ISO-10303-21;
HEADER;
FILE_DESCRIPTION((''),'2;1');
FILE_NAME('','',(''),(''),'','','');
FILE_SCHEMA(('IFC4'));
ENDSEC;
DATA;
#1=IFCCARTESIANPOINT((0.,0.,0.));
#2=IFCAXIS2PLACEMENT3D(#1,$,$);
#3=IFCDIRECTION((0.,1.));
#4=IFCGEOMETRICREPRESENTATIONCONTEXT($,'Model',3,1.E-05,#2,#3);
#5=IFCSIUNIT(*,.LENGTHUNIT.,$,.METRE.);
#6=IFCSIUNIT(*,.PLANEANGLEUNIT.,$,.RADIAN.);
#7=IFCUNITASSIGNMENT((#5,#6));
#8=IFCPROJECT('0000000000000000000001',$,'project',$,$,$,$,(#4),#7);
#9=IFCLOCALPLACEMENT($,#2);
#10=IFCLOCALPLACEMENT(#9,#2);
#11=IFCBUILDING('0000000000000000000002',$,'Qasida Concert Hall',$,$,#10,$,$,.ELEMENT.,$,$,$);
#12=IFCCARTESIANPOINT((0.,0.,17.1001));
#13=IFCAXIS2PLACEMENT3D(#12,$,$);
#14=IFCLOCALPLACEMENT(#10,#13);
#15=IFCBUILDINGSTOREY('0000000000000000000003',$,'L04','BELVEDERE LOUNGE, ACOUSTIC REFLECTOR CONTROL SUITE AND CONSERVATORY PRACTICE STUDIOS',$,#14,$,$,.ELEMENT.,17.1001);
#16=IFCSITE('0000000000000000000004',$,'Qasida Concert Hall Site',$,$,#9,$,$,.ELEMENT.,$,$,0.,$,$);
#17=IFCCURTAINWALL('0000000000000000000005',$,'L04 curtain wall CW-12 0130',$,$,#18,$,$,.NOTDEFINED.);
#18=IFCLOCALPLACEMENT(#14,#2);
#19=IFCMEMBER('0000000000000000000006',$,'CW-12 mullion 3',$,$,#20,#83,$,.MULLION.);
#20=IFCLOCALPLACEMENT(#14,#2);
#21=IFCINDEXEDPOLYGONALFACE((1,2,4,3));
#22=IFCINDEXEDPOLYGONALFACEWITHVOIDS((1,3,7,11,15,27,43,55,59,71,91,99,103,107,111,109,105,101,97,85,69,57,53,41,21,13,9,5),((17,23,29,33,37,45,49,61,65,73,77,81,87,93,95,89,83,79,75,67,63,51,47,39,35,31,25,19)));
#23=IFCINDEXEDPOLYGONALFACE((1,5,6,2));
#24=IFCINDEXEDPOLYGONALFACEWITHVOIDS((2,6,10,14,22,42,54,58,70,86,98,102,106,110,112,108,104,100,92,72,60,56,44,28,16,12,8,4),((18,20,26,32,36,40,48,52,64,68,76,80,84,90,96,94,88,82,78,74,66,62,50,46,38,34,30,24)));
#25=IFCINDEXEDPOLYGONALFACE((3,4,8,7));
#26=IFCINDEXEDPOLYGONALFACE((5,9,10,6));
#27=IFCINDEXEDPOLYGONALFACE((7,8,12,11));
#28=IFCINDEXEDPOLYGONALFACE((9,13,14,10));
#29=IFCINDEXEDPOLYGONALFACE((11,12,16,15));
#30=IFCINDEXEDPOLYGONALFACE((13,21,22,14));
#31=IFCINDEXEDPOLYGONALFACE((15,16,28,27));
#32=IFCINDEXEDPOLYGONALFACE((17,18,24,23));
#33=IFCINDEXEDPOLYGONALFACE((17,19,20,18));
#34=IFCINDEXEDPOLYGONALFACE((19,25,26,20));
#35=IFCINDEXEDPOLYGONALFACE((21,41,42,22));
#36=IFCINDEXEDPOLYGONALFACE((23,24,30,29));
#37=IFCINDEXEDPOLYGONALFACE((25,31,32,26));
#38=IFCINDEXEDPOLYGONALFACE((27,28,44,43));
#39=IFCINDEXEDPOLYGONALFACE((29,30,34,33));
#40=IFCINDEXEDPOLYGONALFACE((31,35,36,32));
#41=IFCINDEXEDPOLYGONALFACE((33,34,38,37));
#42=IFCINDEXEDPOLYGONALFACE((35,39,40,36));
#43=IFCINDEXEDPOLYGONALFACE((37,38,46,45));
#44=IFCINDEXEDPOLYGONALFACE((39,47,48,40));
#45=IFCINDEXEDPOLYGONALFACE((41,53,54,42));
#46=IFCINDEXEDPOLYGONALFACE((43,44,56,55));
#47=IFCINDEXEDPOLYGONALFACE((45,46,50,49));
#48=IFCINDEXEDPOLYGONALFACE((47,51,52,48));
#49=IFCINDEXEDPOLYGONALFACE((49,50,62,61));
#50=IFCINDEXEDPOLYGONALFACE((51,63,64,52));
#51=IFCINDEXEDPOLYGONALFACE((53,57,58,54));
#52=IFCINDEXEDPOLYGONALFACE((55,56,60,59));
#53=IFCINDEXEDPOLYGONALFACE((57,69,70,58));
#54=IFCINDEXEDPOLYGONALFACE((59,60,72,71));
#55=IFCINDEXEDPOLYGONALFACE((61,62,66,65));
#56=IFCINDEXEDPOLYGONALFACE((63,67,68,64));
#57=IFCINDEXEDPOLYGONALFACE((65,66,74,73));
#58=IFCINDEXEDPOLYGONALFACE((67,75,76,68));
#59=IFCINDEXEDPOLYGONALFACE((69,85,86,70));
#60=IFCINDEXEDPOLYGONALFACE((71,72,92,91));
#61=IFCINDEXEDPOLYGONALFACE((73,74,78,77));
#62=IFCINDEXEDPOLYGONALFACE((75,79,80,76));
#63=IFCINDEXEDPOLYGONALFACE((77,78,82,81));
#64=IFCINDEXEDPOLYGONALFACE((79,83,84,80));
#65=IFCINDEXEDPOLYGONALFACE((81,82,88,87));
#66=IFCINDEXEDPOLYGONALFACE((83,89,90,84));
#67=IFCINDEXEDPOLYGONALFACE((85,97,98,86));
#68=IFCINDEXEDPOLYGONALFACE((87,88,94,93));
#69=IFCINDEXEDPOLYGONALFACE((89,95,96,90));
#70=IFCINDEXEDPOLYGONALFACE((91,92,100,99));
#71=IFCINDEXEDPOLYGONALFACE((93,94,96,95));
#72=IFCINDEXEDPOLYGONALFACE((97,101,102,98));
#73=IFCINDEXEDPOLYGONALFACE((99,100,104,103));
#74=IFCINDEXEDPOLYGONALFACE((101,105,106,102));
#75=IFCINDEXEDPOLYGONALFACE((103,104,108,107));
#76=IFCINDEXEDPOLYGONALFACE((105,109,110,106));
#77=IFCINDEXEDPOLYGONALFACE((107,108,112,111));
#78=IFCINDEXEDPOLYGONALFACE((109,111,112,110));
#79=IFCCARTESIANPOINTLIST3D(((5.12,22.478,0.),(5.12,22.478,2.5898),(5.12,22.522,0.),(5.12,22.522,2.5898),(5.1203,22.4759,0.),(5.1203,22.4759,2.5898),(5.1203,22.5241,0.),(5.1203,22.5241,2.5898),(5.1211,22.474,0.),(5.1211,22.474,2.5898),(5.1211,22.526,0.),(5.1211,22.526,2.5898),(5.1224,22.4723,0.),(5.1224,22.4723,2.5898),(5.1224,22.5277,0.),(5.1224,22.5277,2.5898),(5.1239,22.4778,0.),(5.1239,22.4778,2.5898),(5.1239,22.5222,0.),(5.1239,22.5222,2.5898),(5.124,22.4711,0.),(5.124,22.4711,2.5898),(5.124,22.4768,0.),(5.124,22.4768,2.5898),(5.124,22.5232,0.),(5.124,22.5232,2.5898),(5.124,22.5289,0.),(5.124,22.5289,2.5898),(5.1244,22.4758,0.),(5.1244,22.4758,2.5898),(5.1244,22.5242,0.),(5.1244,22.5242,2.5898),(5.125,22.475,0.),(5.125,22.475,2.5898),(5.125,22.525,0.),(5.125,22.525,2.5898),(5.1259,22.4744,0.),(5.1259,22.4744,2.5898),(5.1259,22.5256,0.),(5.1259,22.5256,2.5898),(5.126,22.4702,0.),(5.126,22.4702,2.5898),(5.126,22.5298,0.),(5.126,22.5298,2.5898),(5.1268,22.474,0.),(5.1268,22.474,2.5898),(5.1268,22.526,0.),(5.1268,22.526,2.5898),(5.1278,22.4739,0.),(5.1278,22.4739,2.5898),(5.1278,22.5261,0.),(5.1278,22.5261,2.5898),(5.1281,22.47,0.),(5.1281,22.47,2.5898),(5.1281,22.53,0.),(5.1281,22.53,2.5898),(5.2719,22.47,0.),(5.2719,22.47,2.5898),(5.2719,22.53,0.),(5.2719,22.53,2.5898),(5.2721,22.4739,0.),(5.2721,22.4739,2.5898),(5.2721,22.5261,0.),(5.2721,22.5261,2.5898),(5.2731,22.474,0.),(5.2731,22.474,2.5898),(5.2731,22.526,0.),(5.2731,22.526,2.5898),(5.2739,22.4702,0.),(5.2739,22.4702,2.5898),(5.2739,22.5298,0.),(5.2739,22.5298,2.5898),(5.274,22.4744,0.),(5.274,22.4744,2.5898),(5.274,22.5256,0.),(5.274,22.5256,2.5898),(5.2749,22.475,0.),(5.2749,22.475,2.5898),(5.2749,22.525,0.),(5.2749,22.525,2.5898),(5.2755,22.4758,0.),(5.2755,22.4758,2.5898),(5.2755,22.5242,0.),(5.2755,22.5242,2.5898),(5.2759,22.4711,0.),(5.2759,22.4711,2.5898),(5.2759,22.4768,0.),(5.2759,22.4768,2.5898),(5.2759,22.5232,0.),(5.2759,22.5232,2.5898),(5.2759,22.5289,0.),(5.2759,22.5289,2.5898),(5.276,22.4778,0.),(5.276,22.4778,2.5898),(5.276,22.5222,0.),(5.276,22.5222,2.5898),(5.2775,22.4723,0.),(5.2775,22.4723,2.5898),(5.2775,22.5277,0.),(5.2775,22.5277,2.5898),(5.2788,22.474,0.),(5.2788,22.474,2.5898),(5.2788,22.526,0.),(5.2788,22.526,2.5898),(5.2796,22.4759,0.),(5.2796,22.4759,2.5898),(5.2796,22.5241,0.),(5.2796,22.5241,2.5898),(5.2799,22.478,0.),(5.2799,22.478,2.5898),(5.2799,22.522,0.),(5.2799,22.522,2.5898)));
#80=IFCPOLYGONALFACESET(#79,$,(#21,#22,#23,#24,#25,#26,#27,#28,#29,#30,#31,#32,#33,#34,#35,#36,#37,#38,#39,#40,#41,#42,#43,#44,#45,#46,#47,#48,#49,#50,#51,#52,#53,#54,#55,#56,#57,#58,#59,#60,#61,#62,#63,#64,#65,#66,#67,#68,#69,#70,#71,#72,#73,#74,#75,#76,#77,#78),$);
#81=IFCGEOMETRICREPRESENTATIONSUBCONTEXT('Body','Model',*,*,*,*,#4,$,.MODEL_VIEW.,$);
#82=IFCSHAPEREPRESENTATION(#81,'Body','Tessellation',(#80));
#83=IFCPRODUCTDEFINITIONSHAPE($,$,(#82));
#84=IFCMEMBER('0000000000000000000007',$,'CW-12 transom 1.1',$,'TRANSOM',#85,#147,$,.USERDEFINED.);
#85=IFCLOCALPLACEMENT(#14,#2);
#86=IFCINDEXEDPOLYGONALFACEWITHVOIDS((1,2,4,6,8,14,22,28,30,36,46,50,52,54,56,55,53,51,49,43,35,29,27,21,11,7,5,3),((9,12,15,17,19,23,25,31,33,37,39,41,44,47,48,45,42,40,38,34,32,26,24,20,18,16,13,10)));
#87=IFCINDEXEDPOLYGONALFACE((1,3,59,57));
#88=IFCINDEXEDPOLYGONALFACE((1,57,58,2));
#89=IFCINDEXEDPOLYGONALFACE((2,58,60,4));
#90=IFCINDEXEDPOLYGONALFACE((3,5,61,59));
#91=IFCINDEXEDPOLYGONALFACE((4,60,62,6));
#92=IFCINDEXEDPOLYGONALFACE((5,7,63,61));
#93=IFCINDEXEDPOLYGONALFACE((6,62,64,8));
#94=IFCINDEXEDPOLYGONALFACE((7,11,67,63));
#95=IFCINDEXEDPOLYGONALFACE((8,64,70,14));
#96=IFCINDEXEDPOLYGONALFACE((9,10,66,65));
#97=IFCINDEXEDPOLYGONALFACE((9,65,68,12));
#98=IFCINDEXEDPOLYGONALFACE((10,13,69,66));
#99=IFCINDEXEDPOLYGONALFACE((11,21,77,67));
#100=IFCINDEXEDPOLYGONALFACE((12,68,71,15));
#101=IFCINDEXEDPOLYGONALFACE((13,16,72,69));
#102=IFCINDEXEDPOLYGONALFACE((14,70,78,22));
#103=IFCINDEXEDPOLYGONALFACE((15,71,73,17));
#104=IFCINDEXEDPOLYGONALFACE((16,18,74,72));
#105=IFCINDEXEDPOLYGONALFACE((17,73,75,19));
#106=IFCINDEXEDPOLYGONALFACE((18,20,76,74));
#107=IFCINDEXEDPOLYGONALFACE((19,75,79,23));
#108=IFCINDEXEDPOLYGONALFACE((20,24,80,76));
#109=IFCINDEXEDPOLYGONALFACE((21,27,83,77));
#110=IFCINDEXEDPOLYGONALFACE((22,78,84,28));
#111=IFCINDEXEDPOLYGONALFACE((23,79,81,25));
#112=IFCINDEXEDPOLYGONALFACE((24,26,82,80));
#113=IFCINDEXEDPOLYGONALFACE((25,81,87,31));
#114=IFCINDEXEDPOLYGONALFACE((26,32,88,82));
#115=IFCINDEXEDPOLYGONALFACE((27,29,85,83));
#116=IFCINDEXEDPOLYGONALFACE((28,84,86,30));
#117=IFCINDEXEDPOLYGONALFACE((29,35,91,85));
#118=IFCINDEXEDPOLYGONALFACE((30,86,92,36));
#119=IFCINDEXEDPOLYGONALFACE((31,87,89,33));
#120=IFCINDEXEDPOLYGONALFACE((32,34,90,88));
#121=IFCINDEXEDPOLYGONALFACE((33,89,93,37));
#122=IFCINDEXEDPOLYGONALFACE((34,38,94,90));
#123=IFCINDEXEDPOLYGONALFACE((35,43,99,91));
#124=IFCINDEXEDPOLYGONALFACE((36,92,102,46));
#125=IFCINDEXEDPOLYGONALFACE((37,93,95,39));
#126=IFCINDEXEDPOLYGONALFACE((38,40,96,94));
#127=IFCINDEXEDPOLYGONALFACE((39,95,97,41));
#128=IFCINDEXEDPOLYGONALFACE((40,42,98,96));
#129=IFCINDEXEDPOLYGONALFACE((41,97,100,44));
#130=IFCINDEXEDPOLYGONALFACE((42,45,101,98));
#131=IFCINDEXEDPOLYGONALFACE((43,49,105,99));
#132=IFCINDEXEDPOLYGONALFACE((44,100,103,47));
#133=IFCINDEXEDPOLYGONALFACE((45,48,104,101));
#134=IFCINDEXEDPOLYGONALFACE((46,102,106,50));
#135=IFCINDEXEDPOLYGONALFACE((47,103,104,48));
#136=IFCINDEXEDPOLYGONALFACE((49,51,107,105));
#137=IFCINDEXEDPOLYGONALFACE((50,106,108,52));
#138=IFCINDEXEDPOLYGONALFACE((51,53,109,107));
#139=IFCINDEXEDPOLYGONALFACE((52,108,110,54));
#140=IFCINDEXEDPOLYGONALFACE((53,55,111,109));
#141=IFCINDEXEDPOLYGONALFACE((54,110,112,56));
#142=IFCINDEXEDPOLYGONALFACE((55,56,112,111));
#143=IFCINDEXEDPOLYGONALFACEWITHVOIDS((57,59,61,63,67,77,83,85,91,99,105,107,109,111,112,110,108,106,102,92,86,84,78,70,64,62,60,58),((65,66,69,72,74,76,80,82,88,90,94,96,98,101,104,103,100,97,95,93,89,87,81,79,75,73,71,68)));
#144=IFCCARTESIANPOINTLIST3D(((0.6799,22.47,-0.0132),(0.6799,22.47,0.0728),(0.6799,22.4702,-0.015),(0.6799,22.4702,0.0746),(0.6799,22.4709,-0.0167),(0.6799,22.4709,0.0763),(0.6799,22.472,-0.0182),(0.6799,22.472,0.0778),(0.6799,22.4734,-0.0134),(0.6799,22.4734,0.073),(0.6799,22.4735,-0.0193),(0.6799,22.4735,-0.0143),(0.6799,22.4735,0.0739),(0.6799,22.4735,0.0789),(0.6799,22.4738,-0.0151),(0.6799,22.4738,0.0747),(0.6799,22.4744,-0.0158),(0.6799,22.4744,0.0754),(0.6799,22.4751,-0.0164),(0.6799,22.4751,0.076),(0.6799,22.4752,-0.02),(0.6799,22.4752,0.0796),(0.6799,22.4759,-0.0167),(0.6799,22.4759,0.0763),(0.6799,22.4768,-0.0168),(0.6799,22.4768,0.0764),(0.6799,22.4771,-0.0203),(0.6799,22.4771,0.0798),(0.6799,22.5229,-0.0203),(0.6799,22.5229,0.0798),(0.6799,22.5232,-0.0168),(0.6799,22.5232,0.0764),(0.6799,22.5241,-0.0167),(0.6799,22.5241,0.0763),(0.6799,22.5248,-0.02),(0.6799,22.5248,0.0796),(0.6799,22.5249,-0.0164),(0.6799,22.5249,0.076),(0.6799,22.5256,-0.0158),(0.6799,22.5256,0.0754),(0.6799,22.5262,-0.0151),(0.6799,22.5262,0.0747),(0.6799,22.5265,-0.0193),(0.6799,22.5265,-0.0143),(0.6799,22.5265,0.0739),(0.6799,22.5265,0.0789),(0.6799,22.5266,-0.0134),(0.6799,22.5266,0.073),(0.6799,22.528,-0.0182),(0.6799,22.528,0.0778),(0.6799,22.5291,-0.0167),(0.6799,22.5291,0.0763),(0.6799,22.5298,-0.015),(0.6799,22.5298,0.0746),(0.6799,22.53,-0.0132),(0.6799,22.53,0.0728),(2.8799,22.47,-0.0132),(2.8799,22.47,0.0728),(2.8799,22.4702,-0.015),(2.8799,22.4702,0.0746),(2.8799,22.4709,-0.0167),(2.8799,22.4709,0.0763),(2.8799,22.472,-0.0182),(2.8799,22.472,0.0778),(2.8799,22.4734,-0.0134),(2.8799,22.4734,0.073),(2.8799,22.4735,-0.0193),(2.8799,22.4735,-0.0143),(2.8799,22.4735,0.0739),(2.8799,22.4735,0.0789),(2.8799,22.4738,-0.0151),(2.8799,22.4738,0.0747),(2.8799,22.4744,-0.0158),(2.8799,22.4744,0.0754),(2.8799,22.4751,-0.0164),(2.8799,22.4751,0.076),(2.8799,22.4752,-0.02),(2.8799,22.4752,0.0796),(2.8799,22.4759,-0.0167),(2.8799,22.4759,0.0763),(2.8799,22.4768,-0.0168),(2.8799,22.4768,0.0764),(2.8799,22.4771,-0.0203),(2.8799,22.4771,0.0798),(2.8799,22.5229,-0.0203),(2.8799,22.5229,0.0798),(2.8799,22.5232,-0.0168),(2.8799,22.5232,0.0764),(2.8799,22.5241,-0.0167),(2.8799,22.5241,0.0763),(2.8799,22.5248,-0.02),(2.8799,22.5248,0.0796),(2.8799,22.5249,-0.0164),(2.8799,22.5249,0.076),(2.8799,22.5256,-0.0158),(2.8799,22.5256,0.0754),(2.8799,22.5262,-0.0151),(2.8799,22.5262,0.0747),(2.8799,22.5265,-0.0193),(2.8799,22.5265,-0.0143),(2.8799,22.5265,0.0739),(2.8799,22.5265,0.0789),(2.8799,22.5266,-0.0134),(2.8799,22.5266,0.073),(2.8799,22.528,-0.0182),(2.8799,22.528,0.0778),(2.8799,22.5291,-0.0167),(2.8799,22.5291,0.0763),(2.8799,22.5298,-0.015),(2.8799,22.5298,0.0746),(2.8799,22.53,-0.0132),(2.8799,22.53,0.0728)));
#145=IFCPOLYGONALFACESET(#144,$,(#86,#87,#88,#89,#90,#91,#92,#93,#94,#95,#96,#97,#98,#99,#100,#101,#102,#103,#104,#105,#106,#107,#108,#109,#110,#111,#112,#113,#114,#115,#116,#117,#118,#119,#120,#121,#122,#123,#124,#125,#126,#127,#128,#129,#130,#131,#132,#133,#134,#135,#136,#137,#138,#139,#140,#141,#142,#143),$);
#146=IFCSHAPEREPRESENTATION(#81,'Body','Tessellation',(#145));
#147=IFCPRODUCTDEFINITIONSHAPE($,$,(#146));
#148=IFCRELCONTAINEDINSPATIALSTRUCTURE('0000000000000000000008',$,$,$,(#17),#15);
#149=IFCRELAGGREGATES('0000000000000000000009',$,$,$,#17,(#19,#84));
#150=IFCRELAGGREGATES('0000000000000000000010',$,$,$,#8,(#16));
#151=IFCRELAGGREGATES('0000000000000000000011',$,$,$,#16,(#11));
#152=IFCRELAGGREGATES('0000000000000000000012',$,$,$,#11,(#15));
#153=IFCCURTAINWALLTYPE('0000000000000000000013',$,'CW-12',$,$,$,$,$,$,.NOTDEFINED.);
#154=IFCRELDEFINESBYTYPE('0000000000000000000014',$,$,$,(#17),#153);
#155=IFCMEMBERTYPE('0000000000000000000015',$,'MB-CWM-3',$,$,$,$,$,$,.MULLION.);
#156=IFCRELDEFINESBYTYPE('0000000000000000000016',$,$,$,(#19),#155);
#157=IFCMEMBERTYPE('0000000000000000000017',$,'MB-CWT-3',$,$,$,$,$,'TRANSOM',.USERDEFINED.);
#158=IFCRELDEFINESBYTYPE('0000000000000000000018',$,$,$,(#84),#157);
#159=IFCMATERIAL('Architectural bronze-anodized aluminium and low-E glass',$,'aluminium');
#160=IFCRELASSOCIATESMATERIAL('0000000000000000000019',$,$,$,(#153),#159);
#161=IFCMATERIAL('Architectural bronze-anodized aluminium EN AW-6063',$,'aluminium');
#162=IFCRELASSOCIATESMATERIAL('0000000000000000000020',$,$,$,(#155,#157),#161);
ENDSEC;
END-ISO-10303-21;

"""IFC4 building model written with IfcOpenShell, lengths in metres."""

from ifc_helpers import new_model, si_unit, direction, frame, origin, origin_2d, place, context, subcontext, project, spatial, hollow_rectangle, extrude, material, material_profile, profile_set, type_object, element, aggregate, save


model = new_model("IFC4")

# Units and contexts
model_context = context("Model", 3, precision=1e-05, world=origin(), true_north=direction((0.0, 1.0)))
body_context = subcontext(model_context, "Body", "Model", "MODEL_VIEW")
ifc_project = project(units=[si_unit("LENGTHUNIT", "METRE"), si_unit("PLANEANGLEUNIT", "RADIAN")], contexts=[model_context])

# Site, building, storey
site_placement = place(None, origin())
site = spatial("IfcSite", under=ifc_project, at=site_placement, Name="Qasida Concert Hall Site", CompositionType="ELEMENT", RefElevation=0.0)
building_placement = place(site_placement, origin())
building = spatial("IfcBuilding", under=site, at=building_placement, Name="Qasida Concert Hall", CompositionType="ELEMENT")
storey_placement = place(building_placement, frame((0.0, 0.0, 17.1001)))
storey = spatial("IfcBuildingStorey", under=building, at=storey_placement, Name="L04", Description="BELVEDERE LOUNGE, ACOUSTIC REFLECTOR CONTROL SUITE AND CONSERVATORY PRACTICE STUDIOS", CompositionType="ELEMENT", Elevation=17.1001)

# Curtain wall, members
ifc_material_1 = material(Name="Architectural bronze-anodized aluminium and low-E glass", Category="aluminium")
curtain_wall_type = type_object("IfcCurtainWallType", Name="CW-12", PredefinedType="NOTDEFINED", material=ifc_material_1)
curtain_wall_placement = place(storey_placement, origin())
curtain_wall = element("IfcCurtainWall", 1, at=curtain_wall_placement, inside=storey, type_object=curtain_wall_type, Name="L04 curtain wall CW-12 0130", PredefinedType="NOTDEFINED")
ifc_material_2 = material(Name="Architectural bronze-anodized aluminium EN AW-6063", Category="aluminium")
ifc_material_profile_1 = material_profile(ifc_material_2, hollow_rectangle(XDim=0.0601, YDim=0.1599, WallThickness=0.0039, InnerFilletRadius=0.0039, OuterFilletRadius=0.0081, at=origin_2d()), Name="CWM 160x60x4")
ifc_profile_set_1 = profile_set([ifc_material_profile_1], Name="Architectural bronze-anodized aluminium EN AW-6063")
member_type_1 = type_object("IfcMemberType", Name="MB-CWM-3", PredefinedType="MULLION", material=ifc_profile_set_1)
member_1_placement = place(storey_placement, frame((5.2, 22.5, 0.0), z_axis=(0.0, 0.0, 1.0), x_axis=(0.0, 1.0, 0.0)))
member_1 = element("IfcMember", 2, at=member_1_placement, type_object=member_type_1, Name="CW-12 mullion 3", PredefinedType="MULLION", context=body_context, shape_type="SweptSolid", body=[
    extrude(hollow_rectangle(XDim=0.0601, YDim=0.1599, WallThickness=0.0039, InnerFilletRadius=0.0039, OuterFilletRadius=0.0081, at=origin_2d()), origin(), (0.0, 0.0, 1.0), 2.5898),
])
ifc_material_profile_2 = material_profile(ifc_material_2, hollow_rectangle(XDim=0.0601, YDim=0.1001, WallThickness=0.0034, InnerFilletRadius=0.0034, OuterFilletRadius=0.0071, at=origin_2d()), Name="CWT 100x60x3.5")
ifc_profile_set_2 = profile_set([ifc_material_profile_2], Name="Architectural bronze-anodized aluminium EN AW-6063")
member_type_2 = type_object("IfcMemberType", Name="MB-CWT-3", ElementType="TRANSOM", PredefinedType="USERDEFINED", material=ifc_profile_set_2)
member_2_placement = place(storey_placement, frame((0.6799, 22.5, 0.0298), z_axis=(1.0, 0.0, 0.0), x_axis=(0.0, 1.0, 0.0)))
member_2 = element("IfcMember", 3, at=member_2_placement, type_object=member_type_2, Name="CW-12 transom 1.1", ObjectType="TRANSOM", PredefinedType="USERDEFINED", context=body_context, shape_type="SweptSolid", body=[
    extrude(hollow_rectangle(XDim=0.0601, YDim=0.1001, WallThickness=0.0034, InnerFilletRadius=0.0034, OuterFilletRadius=0.0071, at=origin_2d()), origin(), (0.0, 0.0, 1.0), 2.2),
])
aggregate(curtain_wall, [member_1, member_2])

save(model, "model.ifc")
